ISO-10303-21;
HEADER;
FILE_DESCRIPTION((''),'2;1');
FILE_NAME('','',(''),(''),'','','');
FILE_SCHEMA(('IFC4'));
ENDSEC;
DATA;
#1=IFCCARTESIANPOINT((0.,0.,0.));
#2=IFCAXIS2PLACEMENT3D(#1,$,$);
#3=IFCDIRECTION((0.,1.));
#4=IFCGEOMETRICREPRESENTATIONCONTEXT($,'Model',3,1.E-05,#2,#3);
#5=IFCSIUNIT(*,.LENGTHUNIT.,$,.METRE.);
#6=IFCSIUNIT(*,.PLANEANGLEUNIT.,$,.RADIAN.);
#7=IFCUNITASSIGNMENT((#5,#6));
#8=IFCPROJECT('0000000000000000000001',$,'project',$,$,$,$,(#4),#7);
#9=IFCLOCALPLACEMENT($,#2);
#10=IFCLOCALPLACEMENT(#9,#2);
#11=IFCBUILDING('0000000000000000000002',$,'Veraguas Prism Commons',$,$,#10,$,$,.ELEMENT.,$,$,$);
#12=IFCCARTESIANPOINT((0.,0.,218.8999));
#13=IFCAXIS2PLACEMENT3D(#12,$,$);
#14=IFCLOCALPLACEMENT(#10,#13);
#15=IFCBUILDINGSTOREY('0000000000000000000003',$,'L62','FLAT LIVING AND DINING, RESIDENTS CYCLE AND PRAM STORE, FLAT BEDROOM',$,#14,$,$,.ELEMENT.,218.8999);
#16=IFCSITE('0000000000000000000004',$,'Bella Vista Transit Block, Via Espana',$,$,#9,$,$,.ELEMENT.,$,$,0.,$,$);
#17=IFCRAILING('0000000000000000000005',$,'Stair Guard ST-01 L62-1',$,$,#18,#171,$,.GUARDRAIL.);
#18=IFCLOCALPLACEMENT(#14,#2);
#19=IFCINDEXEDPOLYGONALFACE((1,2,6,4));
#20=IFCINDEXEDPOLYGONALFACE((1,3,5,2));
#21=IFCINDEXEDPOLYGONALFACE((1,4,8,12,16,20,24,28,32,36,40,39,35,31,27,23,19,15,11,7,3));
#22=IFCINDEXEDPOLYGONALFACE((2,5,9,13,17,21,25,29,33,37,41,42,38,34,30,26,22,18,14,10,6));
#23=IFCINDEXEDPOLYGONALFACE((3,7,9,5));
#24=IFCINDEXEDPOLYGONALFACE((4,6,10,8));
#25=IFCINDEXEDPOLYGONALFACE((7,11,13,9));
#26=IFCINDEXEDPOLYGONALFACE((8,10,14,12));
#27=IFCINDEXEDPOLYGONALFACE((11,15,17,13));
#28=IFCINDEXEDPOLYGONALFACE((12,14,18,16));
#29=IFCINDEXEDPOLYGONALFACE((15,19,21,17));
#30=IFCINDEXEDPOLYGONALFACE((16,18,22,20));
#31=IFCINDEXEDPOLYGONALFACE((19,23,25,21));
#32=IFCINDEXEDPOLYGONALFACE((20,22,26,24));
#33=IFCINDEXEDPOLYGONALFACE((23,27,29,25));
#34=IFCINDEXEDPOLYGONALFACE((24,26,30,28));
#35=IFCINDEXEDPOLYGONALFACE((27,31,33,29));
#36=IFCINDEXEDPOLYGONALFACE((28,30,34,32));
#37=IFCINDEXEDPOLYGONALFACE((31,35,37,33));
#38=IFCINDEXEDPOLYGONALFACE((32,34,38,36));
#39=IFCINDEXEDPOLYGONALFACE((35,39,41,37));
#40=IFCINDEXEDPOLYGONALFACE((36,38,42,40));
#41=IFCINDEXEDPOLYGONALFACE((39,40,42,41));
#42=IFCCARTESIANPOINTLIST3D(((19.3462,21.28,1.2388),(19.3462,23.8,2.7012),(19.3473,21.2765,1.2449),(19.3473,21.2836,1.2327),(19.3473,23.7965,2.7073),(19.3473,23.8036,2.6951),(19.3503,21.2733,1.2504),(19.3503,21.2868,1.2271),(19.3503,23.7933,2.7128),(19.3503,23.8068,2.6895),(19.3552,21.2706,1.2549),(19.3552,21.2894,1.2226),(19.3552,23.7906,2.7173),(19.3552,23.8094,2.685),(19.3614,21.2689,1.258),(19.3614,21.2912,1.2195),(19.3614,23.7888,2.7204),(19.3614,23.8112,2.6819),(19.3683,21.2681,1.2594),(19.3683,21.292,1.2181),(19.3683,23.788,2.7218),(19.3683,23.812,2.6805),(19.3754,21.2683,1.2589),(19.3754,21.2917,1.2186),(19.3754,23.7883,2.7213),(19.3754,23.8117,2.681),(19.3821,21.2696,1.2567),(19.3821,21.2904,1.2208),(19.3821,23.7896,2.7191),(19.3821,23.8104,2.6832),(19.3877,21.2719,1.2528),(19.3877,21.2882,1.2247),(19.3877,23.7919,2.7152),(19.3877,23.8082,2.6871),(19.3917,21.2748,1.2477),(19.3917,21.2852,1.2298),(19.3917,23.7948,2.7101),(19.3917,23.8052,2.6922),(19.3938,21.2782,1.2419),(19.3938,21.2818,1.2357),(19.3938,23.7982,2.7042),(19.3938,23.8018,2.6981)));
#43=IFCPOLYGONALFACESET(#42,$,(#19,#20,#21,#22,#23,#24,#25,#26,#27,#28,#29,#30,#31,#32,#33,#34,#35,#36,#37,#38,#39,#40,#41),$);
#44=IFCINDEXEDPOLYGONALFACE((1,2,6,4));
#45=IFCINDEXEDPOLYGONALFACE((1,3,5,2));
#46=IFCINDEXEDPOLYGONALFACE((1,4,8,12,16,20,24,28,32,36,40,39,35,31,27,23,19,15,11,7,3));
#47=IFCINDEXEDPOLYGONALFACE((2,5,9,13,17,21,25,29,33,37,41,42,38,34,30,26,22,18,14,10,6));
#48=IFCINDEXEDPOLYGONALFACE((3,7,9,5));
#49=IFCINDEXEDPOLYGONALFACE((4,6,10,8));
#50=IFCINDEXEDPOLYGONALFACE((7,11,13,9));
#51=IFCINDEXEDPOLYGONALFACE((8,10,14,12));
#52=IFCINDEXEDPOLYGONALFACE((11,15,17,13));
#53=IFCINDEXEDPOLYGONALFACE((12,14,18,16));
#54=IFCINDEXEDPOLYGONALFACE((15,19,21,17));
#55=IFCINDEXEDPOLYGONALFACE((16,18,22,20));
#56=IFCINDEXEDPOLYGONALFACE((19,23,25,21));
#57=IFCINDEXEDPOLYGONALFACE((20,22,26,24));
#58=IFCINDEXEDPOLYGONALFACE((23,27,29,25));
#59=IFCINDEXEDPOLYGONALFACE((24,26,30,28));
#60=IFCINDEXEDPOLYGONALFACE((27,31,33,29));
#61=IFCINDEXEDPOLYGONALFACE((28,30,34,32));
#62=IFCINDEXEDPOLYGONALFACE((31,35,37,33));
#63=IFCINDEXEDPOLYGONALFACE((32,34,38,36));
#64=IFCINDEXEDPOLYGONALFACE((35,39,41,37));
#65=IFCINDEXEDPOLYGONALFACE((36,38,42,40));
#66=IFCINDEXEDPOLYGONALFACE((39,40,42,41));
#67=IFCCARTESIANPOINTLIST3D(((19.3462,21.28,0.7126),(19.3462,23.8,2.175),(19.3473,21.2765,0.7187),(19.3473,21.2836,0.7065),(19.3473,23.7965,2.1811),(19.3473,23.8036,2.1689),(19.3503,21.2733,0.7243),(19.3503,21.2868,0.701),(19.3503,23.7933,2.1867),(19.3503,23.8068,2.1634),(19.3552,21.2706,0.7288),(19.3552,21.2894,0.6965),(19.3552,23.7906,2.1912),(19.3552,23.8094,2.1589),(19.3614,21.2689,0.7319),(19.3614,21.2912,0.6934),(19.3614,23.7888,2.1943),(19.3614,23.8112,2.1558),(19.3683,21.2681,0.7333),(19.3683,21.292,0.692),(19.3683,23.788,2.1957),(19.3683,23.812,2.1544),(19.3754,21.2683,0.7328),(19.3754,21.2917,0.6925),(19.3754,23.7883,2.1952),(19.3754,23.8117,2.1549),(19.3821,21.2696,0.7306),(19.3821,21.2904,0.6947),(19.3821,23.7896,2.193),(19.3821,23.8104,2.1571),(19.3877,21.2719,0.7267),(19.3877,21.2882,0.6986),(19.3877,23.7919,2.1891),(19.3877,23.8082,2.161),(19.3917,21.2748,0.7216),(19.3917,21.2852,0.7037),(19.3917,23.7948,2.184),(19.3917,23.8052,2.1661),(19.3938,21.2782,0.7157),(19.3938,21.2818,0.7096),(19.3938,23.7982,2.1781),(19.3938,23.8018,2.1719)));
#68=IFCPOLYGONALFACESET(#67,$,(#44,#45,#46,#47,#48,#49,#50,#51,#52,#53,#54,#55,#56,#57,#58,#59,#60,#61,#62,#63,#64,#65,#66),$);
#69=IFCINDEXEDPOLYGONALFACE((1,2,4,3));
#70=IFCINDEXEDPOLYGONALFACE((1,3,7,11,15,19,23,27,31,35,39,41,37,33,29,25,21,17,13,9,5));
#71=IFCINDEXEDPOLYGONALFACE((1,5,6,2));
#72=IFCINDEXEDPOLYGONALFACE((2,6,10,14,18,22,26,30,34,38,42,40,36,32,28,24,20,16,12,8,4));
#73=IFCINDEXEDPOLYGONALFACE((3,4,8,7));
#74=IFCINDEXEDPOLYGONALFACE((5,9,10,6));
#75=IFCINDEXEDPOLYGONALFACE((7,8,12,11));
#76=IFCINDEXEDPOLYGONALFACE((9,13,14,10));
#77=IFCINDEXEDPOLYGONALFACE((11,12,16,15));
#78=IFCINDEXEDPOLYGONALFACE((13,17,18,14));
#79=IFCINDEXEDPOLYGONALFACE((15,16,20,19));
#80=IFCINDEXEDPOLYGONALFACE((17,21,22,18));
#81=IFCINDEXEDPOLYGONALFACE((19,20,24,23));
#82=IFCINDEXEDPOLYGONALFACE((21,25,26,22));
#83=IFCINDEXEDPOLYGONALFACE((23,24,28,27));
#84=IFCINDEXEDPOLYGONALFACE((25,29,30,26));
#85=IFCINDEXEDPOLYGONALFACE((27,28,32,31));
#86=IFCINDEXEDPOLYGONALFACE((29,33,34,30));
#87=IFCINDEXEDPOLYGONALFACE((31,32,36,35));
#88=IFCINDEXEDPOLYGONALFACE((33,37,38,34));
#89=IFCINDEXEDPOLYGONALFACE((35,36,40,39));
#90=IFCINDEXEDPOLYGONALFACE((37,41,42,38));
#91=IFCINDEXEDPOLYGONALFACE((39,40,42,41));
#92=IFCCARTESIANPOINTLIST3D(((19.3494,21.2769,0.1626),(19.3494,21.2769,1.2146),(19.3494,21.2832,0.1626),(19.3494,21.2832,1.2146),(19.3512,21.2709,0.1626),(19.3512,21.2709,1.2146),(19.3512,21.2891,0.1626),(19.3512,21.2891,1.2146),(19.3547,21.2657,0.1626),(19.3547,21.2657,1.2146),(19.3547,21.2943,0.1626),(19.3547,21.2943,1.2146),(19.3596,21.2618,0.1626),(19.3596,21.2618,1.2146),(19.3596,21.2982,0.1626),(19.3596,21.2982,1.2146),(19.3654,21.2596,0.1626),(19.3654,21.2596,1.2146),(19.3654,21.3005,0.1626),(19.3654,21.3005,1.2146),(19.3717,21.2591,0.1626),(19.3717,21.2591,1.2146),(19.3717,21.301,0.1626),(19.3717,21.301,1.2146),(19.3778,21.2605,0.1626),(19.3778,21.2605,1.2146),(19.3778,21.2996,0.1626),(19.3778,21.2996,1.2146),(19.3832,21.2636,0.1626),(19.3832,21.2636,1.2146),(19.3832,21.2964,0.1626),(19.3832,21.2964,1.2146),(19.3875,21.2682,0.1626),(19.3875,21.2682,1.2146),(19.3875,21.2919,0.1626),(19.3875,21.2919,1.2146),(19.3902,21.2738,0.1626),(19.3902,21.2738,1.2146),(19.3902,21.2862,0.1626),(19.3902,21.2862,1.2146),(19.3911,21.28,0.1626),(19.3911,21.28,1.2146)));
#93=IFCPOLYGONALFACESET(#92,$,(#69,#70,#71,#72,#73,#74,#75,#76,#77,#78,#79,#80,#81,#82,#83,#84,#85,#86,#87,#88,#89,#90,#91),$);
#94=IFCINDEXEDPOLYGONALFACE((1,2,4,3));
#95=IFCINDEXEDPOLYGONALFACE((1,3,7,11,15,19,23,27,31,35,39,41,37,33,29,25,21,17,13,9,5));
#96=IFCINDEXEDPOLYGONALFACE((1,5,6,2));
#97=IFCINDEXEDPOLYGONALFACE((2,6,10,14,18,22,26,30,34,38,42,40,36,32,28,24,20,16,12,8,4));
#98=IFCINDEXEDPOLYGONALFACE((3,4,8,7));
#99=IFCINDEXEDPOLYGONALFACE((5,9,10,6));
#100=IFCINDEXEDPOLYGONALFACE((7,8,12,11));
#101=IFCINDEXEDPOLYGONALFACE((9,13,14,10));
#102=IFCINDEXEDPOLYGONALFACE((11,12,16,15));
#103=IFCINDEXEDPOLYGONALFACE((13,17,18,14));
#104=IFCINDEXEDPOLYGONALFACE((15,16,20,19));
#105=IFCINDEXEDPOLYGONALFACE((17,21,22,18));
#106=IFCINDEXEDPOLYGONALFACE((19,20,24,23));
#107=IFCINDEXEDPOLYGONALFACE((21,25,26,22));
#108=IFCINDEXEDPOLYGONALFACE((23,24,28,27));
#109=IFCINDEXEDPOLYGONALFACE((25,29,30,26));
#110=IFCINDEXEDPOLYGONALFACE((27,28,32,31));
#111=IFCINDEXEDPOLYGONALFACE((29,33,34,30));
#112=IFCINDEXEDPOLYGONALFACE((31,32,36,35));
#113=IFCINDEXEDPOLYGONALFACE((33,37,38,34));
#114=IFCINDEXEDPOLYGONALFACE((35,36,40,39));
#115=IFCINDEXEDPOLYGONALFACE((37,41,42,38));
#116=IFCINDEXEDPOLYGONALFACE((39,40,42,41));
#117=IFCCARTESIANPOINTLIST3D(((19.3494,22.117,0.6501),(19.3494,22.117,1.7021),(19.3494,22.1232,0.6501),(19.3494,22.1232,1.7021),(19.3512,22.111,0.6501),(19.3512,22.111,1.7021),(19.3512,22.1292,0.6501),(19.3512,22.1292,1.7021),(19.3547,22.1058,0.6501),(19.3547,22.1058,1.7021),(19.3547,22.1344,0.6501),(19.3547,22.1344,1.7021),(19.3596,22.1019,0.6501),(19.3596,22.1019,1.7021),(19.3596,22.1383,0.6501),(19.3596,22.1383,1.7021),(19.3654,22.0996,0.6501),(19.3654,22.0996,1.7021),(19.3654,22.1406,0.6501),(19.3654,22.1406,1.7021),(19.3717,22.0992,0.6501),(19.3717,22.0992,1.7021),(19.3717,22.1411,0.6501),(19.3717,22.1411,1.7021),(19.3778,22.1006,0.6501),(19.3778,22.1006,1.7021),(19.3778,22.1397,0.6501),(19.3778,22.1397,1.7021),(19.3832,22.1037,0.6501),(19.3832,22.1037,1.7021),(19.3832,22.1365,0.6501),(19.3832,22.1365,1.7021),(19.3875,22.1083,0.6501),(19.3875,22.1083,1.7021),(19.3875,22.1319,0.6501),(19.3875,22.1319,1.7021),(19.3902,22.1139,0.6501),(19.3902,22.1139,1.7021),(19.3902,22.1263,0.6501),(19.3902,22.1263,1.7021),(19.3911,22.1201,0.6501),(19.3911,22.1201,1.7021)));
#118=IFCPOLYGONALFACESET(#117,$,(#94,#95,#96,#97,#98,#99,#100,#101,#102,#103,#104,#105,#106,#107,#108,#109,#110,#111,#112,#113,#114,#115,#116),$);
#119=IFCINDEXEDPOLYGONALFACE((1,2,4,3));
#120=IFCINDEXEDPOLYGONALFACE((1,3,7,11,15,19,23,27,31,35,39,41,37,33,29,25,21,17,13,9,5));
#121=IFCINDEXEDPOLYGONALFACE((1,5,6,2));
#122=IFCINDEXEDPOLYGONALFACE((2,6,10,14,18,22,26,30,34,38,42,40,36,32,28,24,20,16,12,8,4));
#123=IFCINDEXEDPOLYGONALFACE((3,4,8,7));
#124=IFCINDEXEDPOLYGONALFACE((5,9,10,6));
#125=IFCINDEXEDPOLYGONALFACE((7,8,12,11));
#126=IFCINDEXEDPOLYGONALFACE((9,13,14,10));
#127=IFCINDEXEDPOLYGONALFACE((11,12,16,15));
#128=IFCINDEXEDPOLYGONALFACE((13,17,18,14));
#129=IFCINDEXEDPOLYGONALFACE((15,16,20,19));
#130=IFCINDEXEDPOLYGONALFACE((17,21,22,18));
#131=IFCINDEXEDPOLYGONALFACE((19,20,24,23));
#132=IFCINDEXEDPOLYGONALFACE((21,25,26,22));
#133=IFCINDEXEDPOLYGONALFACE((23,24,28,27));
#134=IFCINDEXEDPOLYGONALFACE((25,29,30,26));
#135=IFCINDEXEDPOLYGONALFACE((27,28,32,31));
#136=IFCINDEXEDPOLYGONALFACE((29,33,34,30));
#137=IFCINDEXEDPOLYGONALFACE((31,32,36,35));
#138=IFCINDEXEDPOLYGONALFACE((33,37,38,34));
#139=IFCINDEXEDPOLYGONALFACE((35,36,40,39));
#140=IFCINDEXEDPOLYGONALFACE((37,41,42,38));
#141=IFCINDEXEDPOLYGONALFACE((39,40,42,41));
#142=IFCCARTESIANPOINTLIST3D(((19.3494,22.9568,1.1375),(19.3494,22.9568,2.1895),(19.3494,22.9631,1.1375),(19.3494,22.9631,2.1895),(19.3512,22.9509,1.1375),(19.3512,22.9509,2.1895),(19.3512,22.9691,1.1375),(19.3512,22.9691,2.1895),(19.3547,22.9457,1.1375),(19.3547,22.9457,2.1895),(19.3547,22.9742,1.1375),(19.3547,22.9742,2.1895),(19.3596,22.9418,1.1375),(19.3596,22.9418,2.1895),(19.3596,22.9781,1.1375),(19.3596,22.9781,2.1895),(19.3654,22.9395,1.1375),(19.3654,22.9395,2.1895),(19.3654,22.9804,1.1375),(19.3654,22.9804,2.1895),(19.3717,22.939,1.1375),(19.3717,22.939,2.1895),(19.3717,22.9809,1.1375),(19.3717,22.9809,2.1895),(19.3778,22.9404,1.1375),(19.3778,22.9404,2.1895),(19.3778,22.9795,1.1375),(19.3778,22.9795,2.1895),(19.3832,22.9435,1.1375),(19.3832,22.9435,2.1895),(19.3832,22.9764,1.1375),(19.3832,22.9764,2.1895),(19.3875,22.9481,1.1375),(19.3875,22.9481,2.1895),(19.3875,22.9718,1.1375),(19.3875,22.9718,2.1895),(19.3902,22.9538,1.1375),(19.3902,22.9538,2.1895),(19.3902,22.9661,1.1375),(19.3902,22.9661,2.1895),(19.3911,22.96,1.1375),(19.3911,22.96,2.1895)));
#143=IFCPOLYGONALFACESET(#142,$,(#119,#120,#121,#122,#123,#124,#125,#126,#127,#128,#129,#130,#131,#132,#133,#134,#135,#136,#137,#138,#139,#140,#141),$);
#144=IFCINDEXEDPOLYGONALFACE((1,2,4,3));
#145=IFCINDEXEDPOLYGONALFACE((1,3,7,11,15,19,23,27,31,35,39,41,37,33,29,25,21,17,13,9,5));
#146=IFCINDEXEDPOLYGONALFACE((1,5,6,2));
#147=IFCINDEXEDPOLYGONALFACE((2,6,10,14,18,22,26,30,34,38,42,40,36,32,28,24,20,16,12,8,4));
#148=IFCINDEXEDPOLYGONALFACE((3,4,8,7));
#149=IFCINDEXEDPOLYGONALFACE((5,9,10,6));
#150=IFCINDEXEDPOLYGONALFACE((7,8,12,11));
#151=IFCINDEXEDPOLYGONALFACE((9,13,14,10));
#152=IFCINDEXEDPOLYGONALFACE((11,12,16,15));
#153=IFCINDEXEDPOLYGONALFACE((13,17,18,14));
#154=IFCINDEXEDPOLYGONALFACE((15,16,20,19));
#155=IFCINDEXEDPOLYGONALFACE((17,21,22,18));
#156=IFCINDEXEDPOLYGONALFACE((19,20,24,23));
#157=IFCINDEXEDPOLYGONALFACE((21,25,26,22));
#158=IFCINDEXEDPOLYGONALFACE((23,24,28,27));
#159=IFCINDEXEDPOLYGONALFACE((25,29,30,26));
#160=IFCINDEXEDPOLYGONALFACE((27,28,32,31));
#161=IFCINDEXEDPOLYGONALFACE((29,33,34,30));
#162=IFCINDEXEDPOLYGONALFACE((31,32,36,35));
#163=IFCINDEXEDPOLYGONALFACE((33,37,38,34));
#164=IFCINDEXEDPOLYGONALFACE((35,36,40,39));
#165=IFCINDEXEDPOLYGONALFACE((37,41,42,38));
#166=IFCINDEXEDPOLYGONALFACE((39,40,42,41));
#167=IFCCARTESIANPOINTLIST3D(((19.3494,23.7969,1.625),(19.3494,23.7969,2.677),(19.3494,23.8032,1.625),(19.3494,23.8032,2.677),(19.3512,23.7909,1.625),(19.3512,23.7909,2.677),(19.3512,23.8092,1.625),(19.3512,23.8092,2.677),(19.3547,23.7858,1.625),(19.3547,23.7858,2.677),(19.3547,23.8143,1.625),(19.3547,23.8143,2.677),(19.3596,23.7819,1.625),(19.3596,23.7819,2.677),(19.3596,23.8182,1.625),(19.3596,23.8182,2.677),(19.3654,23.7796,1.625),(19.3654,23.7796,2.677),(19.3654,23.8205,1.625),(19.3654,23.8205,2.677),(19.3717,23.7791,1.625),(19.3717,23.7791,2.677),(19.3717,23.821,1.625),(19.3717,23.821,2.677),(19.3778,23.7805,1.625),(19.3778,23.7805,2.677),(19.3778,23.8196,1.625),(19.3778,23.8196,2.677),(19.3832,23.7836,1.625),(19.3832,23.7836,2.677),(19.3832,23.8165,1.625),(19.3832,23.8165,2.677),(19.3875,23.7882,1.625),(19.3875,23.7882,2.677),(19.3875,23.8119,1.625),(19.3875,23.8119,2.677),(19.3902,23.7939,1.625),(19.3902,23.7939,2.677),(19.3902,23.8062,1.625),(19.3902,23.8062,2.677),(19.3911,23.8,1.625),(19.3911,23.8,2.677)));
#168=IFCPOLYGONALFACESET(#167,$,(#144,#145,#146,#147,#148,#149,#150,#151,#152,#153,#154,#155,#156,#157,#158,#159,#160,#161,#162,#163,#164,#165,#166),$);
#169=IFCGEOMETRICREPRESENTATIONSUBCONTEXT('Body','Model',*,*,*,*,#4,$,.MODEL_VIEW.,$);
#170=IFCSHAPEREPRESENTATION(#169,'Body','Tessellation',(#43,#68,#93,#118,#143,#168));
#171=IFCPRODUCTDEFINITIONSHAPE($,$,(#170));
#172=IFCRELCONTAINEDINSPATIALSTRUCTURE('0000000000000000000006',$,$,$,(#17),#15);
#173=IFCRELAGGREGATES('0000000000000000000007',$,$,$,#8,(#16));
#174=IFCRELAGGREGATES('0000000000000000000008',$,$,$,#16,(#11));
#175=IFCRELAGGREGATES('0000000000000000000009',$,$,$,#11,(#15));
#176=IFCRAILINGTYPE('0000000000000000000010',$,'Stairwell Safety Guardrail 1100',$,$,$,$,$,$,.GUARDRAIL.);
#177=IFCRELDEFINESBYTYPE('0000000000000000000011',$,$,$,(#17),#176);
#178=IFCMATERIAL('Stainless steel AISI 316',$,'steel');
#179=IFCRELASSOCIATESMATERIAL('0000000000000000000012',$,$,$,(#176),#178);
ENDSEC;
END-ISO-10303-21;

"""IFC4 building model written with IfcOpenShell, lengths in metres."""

from ifc_helpers import new_model, si_unit, direction, frame, origin, origin_2d, place, context, subcontext, project, spatial, circle, extrude, material, type_object, element, save


model = new_model("IFC4")

# Units and contexts
model_context = context("Model", 3, precision=1e-05, world=origin(), true_north=direction((0.0, 1.0)))
body_context = subcontext(model_context, "Body", "Model", "MODEL_VIEW")
ifc_project = project(units=[si_unit("LENGTHUNIT", "METRE"), si_unit("PLANEANGLEUNIT", "RADIAN")], contexts=[model_context])

# Site, building, storey
site_placement = place(None, origin())
site = spatial("IfcSite", under=ifc_project, at=site_placement, Name="Bella Vista Transit Block, Via Espana", CompositionType="ELEMENT", RefElevation=0.0)
building_placement = place(site_placement, origin())
building = spatial("IfcBuilding", under=site, at=building_placement, Name="Veraguas Prism Commons", CompositionType="ELEMENT")
storey_placement = place(building_placement, frame((0.0, 0.0, 218.8999)))
storey = spatial("IfcBuildingStorey", under=building, at=storey_placement, Name="L62", Description="FLAT LIVING AND DINING, RESIDENTS CYCLE AND PRAM STORE, FLAT BEDROOM", CompositionType="ELEMENT", Elevation=218.8999)

# Railing
ifc_material_1 = material(Name="Stainless steel AISI 316", Category="steel")
railing_type_1 = type_object("IfcRailingType", Name="Stairwell Safety Guardrail 1100", PredefinedType="GUARDRAIL", material=ifc_material_1)
railing_1_placement = place(storey_placement, frame((19.3701, 21.28, 0.1626)))
element("IfcRailing", 1, at=railing_1_placement, inside=storey, type_object=railing_type_1, Name="Stair Guard ST-01 L62-1", PredefinedType="GUARDRAIL", context=body_context, shape_type="SweptSolid", body=[
    extrude(circle(Radius=0.0239, at=origin_2d()), frame((0.0, 0.0, 1.0762), z_axis=(0.0, 0.864913, 0.501921), x_axis=(-1.0, 0.0, 0.0)), (0.0, 0.0, 1.0), 2.9136),
    extrude(circle(Radius=0.0239, at=origin_2d()), frame((0.0, 0.0, 0.55), z_axis=(0.0, 0.864913, 0.501921), x_axis=(-1.0, 0.0, 0.0)), (0.0, 0.0, 1.0), 2.9136),
    extrude(circle(Radius=0.021, at=origin_2d()), origin(), (0.0, 0.0, 1.0), 1.052),
    extrude(circle(Radius=0.021, at=origin_2d()), frame((0.0, 0.8401, 0.4875)), (0.0, 0.0, 1.0), 1.052),
    extrude(circle(Radius=0.021, at=origin_2d()), frame((0.0, 1.6799, 0.9749)), (0.0, 0.0, 1.0), 1.052),
    extrude(circle(Radius=0.021, at=origin_2d()), frame((0.0, 2.52, 1.4624)), (0.0, 0.0, 1.0), 1.052),
])

save(model, "model.ifc")
